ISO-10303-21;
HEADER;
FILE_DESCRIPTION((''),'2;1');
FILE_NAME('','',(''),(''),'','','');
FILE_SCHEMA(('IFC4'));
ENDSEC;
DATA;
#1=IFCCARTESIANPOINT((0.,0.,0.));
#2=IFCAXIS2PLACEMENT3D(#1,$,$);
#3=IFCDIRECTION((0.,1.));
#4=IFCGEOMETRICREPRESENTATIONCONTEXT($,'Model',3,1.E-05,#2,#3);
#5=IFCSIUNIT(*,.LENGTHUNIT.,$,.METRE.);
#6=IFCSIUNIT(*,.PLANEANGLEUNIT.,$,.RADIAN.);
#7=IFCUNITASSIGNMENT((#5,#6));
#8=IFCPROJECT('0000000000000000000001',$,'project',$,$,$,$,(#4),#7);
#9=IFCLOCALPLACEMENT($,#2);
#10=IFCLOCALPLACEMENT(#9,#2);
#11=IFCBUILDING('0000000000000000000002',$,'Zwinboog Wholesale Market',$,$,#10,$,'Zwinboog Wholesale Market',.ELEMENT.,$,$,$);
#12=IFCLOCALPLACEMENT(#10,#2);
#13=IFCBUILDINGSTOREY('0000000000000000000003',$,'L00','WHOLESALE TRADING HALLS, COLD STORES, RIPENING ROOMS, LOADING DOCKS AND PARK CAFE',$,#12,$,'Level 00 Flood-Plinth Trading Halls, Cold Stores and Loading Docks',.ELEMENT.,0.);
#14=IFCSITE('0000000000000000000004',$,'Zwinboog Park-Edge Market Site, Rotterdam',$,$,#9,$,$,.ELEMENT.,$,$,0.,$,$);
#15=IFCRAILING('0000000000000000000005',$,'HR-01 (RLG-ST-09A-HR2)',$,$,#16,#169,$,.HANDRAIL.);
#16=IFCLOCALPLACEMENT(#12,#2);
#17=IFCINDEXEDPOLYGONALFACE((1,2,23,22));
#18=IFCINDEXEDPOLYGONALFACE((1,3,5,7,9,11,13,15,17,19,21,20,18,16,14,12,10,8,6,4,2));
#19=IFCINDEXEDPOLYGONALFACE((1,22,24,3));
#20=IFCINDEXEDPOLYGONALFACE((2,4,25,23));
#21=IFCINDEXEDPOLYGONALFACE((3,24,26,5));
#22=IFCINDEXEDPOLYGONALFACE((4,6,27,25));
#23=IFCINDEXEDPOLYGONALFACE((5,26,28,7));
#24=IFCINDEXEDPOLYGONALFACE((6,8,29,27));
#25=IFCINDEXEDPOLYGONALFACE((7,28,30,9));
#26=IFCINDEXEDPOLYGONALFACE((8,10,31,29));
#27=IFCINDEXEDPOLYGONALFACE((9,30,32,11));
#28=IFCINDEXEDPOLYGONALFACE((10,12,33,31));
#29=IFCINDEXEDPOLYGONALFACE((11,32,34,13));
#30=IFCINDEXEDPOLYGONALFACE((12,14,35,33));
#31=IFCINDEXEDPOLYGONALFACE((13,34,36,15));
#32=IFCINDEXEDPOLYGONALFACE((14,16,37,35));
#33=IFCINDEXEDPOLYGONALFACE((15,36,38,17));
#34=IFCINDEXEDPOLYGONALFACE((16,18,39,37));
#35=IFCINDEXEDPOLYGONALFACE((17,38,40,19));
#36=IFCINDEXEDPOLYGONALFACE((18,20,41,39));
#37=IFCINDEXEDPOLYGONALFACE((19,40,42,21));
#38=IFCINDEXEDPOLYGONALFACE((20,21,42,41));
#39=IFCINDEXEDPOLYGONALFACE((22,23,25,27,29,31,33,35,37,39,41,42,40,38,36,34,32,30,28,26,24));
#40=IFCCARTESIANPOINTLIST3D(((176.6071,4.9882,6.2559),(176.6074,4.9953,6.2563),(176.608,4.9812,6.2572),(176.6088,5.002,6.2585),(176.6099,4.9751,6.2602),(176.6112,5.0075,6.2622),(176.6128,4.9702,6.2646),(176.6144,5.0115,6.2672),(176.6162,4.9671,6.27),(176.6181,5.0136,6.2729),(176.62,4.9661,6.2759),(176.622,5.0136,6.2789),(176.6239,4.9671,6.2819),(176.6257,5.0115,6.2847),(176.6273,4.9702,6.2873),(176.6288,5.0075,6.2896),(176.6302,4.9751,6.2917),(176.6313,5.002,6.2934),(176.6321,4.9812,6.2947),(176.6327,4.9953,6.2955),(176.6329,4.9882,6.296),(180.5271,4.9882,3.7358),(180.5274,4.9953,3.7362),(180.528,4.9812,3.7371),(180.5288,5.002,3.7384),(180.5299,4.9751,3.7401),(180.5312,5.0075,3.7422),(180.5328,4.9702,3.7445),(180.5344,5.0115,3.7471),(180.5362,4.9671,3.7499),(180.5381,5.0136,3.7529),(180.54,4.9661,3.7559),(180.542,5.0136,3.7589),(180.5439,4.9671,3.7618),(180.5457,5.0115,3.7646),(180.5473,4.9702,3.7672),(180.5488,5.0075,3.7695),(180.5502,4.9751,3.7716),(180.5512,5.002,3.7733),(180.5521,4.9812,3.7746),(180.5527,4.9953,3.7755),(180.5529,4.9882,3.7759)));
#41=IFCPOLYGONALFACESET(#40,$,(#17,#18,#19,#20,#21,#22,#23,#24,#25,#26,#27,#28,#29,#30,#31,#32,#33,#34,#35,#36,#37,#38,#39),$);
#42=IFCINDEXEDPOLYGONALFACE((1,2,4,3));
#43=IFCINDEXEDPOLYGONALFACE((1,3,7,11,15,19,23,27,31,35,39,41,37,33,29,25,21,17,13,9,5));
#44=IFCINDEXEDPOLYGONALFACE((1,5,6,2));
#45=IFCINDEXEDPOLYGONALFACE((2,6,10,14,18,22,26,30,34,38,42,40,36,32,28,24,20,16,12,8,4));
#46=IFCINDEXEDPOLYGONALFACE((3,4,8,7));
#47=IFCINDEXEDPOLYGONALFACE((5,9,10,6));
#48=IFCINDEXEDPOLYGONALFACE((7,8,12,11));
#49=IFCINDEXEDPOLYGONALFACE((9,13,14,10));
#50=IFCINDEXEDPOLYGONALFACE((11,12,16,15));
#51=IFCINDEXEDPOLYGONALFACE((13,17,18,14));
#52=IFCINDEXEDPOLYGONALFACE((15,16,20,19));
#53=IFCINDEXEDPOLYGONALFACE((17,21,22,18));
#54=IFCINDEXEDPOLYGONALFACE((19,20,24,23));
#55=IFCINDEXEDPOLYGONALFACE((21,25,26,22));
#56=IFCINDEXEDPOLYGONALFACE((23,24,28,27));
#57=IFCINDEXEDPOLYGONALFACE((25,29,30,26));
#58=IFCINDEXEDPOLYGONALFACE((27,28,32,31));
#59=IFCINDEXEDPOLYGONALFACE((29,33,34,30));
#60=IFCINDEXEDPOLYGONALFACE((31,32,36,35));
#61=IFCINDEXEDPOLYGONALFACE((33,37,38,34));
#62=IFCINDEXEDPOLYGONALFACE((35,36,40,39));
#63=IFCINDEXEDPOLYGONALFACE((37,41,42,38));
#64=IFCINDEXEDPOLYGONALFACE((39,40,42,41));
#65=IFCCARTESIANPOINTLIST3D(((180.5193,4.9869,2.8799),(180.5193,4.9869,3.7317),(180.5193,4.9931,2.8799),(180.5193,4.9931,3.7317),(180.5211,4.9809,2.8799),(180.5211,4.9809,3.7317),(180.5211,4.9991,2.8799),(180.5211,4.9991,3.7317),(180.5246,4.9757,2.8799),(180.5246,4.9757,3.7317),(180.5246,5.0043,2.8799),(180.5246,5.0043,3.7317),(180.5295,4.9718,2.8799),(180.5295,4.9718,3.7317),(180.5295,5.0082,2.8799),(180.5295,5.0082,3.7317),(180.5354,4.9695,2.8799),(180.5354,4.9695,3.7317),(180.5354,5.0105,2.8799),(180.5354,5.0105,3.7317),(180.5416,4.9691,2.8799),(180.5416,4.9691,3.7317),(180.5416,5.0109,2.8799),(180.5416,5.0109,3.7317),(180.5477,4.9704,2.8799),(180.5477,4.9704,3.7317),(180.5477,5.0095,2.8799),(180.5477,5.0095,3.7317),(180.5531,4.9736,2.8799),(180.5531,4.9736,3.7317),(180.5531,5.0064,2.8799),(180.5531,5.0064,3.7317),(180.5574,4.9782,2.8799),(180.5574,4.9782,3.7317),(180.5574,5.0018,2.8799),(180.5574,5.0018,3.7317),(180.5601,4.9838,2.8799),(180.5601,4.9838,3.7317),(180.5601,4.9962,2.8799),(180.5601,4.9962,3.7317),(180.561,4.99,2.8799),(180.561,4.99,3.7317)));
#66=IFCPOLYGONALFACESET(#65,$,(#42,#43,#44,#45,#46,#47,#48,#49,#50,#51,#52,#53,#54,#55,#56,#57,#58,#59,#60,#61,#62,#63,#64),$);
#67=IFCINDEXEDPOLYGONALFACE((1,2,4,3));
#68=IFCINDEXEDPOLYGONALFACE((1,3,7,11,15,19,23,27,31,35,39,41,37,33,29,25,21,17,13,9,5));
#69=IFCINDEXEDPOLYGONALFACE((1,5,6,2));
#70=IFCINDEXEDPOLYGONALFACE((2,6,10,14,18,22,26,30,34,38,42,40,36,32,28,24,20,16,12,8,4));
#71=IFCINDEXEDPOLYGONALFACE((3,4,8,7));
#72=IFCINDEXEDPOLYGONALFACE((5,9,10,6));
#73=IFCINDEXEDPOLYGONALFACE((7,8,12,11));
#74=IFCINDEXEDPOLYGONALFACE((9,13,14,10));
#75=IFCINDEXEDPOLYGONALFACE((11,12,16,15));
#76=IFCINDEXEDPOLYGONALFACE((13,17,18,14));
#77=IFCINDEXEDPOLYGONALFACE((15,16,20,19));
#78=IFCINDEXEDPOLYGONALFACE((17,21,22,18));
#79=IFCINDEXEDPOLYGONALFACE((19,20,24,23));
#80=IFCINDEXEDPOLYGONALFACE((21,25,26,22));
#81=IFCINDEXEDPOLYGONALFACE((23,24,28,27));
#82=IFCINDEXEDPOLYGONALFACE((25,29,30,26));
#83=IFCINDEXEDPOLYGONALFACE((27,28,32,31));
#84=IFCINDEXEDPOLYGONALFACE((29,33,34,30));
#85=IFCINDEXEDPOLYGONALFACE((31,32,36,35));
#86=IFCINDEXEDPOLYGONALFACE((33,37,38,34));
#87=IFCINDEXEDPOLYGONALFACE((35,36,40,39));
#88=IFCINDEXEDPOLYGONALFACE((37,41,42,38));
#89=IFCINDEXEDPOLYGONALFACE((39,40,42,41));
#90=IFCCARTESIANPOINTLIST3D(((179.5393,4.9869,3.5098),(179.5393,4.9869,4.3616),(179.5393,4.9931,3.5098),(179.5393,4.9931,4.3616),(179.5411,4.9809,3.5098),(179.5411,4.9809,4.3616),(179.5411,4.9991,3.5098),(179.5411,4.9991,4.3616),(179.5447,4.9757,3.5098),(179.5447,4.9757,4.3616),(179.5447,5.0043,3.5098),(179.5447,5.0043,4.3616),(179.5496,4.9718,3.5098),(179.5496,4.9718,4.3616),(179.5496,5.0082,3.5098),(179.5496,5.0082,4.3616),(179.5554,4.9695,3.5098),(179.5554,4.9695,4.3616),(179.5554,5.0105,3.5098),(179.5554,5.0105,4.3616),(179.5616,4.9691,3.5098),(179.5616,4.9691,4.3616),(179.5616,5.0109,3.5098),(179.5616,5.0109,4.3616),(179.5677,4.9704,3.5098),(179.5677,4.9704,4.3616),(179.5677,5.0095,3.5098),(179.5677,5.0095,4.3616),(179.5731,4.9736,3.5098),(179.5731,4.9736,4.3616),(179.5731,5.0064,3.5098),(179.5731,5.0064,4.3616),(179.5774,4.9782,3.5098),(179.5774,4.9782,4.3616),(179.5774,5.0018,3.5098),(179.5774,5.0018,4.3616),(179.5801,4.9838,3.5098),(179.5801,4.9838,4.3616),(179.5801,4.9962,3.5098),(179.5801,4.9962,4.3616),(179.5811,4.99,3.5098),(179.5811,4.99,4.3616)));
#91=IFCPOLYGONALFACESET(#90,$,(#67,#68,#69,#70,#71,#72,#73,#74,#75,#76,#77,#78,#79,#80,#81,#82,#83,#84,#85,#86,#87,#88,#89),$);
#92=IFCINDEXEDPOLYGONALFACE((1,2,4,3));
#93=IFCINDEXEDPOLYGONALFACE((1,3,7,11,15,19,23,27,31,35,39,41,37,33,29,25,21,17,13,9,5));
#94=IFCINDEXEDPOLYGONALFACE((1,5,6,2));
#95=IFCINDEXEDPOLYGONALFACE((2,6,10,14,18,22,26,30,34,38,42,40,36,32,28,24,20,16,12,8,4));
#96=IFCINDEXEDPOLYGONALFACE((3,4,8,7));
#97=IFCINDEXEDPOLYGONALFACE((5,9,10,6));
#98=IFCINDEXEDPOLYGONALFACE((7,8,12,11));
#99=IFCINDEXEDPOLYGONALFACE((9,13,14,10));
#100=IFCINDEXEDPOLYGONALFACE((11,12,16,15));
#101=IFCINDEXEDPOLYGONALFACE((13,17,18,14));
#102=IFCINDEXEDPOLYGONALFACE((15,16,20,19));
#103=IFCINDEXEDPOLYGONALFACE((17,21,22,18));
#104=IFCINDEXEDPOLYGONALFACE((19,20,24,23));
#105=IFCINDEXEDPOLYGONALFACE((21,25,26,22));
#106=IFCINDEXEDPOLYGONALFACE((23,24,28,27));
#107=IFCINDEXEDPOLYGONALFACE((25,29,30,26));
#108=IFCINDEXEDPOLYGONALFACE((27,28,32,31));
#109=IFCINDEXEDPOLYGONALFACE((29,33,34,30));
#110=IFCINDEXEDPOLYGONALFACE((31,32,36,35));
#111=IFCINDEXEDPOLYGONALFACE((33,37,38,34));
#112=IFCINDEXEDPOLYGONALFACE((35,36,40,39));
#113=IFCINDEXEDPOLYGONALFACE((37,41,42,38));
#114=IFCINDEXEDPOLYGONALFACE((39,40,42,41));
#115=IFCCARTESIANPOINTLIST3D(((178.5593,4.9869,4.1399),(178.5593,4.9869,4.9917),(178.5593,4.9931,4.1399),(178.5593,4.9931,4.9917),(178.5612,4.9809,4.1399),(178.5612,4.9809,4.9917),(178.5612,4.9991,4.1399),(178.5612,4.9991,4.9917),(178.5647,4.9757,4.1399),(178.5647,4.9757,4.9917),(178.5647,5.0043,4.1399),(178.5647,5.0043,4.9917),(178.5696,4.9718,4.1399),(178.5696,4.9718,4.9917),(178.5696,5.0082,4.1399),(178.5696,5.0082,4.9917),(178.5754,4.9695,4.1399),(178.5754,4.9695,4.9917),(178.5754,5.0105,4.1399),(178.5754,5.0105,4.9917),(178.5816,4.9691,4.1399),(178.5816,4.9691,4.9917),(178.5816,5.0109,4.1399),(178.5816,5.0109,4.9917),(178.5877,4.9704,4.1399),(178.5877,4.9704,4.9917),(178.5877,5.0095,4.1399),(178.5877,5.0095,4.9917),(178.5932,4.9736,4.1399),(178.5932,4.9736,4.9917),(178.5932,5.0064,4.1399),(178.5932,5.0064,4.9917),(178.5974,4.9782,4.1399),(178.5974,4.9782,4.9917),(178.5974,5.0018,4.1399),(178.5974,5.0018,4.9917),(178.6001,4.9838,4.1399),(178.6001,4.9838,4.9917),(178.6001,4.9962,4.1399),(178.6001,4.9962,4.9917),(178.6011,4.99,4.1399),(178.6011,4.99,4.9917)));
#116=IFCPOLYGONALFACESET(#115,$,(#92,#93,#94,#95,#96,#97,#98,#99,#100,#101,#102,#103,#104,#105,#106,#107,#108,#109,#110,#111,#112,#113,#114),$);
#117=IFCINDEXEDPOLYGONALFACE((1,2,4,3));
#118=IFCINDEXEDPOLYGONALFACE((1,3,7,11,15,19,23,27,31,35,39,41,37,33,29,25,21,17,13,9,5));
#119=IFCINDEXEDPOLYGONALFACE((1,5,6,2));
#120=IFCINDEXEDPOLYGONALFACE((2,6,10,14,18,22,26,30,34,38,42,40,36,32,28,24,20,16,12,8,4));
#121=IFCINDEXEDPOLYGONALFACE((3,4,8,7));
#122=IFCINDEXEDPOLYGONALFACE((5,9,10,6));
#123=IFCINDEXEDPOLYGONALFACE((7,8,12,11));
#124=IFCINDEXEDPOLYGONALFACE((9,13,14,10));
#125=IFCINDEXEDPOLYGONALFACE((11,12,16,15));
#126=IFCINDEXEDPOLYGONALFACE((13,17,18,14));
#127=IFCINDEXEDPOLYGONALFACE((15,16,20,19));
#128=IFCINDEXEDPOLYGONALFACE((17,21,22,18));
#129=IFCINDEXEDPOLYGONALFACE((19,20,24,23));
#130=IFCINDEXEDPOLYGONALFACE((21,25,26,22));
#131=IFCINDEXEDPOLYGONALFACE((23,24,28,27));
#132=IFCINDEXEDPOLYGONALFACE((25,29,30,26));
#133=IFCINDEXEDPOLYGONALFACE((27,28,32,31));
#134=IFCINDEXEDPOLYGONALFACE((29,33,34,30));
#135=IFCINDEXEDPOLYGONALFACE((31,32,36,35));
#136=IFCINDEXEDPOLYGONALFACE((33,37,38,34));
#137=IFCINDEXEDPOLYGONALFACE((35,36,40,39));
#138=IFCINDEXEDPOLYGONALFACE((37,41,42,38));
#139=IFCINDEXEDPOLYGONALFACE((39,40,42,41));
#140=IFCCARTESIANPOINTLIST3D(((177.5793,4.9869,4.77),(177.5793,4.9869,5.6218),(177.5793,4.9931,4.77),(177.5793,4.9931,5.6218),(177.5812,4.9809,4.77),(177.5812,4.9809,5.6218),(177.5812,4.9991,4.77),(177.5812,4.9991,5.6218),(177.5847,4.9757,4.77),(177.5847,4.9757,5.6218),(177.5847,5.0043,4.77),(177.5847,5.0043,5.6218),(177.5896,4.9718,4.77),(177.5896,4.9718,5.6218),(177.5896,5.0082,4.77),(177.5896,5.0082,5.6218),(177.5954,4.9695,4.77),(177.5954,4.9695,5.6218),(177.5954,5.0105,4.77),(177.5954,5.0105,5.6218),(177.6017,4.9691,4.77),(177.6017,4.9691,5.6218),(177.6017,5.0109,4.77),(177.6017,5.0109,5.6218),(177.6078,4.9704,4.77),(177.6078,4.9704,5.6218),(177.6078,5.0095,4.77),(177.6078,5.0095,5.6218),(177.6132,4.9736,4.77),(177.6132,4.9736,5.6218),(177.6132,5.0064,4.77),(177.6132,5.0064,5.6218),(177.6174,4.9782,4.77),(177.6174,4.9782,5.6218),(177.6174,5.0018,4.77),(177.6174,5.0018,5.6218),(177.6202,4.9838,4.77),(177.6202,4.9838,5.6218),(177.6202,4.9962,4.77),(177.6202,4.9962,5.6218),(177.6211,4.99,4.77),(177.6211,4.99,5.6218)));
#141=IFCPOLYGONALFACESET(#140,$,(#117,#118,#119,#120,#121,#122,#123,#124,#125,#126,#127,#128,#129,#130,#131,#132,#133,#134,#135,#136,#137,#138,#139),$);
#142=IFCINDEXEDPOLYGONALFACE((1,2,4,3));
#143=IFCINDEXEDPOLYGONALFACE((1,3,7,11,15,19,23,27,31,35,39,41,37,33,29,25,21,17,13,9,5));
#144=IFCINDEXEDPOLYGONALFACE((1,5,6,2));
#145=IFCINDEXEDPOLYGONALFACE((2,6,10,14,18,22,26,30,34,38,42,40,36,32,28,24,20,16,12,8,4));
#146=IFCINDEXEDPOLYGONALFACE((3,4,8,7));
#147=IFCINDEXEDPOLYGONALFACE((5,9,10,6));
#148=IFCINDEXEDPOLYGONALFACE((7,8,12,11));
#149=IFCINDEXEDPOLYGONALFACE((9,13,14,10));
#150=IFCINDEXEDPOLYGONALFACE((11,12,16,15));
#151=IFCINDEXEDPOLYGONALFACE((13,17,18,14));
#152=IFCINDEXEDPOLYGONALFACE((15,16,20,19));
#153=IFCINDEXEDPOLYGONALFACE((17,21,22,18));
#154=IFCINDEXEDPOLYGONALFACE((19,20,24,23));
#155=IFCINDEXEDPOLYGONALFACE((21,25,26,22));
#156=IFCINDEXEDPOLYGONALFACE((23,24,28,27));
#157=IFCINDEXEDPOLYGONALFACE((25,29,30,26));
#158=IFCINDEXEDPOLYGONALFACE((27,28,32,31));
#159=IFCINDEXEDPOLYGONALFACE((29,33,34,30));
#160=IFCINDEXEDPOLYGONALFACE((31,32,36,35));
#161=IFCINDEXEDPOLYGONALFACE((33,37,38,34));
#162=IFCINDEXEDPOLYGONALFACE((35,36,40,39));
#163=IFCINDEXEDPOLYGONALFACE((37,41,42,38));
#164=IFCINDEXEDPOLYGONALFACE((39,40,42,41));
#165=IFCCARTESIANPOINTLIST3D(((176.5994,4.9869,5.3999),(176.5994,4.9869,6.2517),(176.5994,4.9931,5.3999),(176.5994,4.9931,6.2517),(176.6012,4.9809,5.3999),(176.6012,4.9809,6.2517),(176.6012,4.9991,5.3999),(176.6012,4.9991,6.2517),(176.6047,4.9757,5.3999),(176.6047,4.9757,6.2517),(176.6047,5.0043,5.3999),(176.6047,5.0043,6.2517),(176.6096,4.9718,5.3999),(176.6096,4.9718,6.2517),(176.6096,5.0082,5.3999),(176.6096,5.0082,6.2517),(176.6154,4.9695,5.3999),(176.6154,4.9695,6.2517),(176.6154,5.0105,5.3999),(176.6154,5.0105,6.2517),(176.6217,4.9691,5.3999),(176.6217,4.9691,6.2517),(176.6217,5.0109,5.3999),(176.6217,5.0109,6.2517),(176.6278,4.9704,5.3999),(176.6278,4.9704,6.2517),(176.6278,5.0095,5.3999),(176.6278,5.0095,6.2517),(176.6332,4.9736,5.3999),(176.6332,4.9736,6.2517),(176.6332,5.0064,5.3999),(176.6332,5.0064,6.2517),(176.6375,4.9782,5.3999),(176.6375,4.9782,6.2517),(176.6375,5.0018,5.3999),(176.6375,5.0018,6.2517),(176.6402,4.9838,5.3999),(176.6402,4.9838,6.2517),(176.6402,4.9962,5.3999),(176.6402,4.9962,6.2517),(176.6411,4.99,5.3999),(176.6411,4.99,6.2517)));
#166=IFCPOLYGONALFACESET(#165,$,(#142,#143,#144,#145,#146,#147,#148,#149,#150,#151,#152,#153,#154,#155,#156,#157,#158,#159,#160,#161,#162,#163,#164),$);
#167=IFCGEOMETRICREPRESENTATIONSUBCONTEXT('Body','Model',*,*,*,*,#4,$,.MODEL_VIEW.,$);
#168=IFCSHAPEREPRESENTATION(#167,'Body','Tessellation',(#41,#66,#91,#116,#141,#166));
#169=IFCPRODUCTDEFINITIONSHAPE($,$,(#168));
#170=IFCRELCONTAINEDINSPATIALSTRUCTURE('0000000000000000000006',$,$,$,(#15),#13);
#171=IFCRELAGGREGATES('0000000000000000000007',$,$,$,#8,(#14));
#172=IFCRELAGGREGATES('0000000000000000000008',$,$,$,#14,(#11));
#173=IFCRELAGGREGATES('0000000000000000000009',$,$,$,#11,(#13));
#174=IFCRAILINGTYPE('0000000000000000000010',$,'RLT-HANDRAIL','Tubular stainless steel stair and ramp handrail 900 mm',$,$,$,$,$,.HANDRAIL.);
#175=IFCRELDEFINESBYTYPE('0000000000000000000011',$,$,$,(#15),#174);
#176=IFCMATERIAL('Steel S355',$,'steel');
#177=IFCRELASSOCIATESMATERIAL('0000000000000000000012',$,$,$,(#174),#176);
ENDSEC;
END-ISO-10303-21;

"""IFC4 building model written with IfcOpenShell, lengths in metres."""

from ifc_helpers import new_model, si_unit, direction, frame, origin, origin_2d, place, context, subcontext, project, spatial, circle, extrude, material, type_object, element, save


model = new_model("IFC4")

# Units and contexts
model_context = context("Model", 3, precision=1e-05, world=origin(), true_north=direction((0.0, 1.0)))
body_context = subcontext(model_context, "Body", "Model", "MODEL_VIEW")
ifc_project = project(units=[si_unit("LENGTHUNIT", "METRE"), si_unit("PLANEANGLEUNIT", "RADIAN")], contexts=[model_context])

# Site, building, storey
site_placement = place(None, origin())
site = spatial("IfcSite", under=ifc_project, at=site_placement, Name="Zwinboog Park-Edge Market Site, Rotterdam", CompositionType="ELEMENT", RefElevation=0.0)
building_placement = place(site_placement, origin())
building = spatial("IfcBuilding", under=site, at=building_placement, Name="Zwinboog Wholesale Market", LongName="Zwinboog Wholesale Market", CompositionType="ELEMENT")
storey_placement = place(building_placement, origin())
storey = spatial("IfcBuildingStorey", under=building, at=storey_placement, Name="L00", Description="WHOLESALE TRADING HALLS, COLD STORES, RIPENING ROOMS, LOADING DOCKS AND PARK CAFE", LongName="Level 00 Flood-Plinth Trading Halls, Cold Stores and Loading Docks", CompositionType="ELEMENT", Elevation=0.0)

# Railing
ifc_material_1 = material(Name="Steel S355", Category="steel")
railing_type_1 = type_object("IfcRailingType", Name="RLT-HANDRAIL", Description="Tubular stainless steel stair and ramp handrail 900 mm", PredefinedType="HANDRAIL", material=ifc_material_1)
railing_1_placement = place(storey_placement, frame((180.54, 4.99, 2.8799)))
element("IfcRailing", 1, at=railing_1_placement, inside=storey, type_object=railing_type_1, Name="HR-01 (RLG-ST-09A-HR2)", PredefinedType="HANDRAIL", context=body_context, shape_type="SweptSolid", body=[
    extrude(circle(Radius=0.0239, at=origin_2d()), frame((0.0, 0.0, 0.876), z_axis=(-0.841172, 0.0, 0.540768), x_axis=(0.0, -1.0, 0.0)), (0.0, 0.0, 1.0), 4.6602),
    extrude(circle(Radius=0.021, at=origin_2d()), origin(), (0.0, 0.0, 1.0), 0.8518),
    extrude(circle(Radius=0.021, at=origin_2d()), frame((-0.98, 0.0, 0.6299)), (0.0, 0.0, 1.0), 0.8518),
    extrude(circle(Radius=0.021, at=origin_2d()), frame((-1.96, 0.0, 1.26)), (0.0, 0.0, 1.0), 0.8518),
    extrude(circle(Radius=0.021, at=origin_2d()), frame((-2.9399, 0.0, 1.8901)), (0.0, 0.0, 1.0), 0.8518),
    extrude(circle(Radius=0.021, at=origin_2d()), frame((-3.9199, 0.0, 2.52)), (0.0, 0.0, 1.0), 0.8518),
])

save(model, "model.ifc")
